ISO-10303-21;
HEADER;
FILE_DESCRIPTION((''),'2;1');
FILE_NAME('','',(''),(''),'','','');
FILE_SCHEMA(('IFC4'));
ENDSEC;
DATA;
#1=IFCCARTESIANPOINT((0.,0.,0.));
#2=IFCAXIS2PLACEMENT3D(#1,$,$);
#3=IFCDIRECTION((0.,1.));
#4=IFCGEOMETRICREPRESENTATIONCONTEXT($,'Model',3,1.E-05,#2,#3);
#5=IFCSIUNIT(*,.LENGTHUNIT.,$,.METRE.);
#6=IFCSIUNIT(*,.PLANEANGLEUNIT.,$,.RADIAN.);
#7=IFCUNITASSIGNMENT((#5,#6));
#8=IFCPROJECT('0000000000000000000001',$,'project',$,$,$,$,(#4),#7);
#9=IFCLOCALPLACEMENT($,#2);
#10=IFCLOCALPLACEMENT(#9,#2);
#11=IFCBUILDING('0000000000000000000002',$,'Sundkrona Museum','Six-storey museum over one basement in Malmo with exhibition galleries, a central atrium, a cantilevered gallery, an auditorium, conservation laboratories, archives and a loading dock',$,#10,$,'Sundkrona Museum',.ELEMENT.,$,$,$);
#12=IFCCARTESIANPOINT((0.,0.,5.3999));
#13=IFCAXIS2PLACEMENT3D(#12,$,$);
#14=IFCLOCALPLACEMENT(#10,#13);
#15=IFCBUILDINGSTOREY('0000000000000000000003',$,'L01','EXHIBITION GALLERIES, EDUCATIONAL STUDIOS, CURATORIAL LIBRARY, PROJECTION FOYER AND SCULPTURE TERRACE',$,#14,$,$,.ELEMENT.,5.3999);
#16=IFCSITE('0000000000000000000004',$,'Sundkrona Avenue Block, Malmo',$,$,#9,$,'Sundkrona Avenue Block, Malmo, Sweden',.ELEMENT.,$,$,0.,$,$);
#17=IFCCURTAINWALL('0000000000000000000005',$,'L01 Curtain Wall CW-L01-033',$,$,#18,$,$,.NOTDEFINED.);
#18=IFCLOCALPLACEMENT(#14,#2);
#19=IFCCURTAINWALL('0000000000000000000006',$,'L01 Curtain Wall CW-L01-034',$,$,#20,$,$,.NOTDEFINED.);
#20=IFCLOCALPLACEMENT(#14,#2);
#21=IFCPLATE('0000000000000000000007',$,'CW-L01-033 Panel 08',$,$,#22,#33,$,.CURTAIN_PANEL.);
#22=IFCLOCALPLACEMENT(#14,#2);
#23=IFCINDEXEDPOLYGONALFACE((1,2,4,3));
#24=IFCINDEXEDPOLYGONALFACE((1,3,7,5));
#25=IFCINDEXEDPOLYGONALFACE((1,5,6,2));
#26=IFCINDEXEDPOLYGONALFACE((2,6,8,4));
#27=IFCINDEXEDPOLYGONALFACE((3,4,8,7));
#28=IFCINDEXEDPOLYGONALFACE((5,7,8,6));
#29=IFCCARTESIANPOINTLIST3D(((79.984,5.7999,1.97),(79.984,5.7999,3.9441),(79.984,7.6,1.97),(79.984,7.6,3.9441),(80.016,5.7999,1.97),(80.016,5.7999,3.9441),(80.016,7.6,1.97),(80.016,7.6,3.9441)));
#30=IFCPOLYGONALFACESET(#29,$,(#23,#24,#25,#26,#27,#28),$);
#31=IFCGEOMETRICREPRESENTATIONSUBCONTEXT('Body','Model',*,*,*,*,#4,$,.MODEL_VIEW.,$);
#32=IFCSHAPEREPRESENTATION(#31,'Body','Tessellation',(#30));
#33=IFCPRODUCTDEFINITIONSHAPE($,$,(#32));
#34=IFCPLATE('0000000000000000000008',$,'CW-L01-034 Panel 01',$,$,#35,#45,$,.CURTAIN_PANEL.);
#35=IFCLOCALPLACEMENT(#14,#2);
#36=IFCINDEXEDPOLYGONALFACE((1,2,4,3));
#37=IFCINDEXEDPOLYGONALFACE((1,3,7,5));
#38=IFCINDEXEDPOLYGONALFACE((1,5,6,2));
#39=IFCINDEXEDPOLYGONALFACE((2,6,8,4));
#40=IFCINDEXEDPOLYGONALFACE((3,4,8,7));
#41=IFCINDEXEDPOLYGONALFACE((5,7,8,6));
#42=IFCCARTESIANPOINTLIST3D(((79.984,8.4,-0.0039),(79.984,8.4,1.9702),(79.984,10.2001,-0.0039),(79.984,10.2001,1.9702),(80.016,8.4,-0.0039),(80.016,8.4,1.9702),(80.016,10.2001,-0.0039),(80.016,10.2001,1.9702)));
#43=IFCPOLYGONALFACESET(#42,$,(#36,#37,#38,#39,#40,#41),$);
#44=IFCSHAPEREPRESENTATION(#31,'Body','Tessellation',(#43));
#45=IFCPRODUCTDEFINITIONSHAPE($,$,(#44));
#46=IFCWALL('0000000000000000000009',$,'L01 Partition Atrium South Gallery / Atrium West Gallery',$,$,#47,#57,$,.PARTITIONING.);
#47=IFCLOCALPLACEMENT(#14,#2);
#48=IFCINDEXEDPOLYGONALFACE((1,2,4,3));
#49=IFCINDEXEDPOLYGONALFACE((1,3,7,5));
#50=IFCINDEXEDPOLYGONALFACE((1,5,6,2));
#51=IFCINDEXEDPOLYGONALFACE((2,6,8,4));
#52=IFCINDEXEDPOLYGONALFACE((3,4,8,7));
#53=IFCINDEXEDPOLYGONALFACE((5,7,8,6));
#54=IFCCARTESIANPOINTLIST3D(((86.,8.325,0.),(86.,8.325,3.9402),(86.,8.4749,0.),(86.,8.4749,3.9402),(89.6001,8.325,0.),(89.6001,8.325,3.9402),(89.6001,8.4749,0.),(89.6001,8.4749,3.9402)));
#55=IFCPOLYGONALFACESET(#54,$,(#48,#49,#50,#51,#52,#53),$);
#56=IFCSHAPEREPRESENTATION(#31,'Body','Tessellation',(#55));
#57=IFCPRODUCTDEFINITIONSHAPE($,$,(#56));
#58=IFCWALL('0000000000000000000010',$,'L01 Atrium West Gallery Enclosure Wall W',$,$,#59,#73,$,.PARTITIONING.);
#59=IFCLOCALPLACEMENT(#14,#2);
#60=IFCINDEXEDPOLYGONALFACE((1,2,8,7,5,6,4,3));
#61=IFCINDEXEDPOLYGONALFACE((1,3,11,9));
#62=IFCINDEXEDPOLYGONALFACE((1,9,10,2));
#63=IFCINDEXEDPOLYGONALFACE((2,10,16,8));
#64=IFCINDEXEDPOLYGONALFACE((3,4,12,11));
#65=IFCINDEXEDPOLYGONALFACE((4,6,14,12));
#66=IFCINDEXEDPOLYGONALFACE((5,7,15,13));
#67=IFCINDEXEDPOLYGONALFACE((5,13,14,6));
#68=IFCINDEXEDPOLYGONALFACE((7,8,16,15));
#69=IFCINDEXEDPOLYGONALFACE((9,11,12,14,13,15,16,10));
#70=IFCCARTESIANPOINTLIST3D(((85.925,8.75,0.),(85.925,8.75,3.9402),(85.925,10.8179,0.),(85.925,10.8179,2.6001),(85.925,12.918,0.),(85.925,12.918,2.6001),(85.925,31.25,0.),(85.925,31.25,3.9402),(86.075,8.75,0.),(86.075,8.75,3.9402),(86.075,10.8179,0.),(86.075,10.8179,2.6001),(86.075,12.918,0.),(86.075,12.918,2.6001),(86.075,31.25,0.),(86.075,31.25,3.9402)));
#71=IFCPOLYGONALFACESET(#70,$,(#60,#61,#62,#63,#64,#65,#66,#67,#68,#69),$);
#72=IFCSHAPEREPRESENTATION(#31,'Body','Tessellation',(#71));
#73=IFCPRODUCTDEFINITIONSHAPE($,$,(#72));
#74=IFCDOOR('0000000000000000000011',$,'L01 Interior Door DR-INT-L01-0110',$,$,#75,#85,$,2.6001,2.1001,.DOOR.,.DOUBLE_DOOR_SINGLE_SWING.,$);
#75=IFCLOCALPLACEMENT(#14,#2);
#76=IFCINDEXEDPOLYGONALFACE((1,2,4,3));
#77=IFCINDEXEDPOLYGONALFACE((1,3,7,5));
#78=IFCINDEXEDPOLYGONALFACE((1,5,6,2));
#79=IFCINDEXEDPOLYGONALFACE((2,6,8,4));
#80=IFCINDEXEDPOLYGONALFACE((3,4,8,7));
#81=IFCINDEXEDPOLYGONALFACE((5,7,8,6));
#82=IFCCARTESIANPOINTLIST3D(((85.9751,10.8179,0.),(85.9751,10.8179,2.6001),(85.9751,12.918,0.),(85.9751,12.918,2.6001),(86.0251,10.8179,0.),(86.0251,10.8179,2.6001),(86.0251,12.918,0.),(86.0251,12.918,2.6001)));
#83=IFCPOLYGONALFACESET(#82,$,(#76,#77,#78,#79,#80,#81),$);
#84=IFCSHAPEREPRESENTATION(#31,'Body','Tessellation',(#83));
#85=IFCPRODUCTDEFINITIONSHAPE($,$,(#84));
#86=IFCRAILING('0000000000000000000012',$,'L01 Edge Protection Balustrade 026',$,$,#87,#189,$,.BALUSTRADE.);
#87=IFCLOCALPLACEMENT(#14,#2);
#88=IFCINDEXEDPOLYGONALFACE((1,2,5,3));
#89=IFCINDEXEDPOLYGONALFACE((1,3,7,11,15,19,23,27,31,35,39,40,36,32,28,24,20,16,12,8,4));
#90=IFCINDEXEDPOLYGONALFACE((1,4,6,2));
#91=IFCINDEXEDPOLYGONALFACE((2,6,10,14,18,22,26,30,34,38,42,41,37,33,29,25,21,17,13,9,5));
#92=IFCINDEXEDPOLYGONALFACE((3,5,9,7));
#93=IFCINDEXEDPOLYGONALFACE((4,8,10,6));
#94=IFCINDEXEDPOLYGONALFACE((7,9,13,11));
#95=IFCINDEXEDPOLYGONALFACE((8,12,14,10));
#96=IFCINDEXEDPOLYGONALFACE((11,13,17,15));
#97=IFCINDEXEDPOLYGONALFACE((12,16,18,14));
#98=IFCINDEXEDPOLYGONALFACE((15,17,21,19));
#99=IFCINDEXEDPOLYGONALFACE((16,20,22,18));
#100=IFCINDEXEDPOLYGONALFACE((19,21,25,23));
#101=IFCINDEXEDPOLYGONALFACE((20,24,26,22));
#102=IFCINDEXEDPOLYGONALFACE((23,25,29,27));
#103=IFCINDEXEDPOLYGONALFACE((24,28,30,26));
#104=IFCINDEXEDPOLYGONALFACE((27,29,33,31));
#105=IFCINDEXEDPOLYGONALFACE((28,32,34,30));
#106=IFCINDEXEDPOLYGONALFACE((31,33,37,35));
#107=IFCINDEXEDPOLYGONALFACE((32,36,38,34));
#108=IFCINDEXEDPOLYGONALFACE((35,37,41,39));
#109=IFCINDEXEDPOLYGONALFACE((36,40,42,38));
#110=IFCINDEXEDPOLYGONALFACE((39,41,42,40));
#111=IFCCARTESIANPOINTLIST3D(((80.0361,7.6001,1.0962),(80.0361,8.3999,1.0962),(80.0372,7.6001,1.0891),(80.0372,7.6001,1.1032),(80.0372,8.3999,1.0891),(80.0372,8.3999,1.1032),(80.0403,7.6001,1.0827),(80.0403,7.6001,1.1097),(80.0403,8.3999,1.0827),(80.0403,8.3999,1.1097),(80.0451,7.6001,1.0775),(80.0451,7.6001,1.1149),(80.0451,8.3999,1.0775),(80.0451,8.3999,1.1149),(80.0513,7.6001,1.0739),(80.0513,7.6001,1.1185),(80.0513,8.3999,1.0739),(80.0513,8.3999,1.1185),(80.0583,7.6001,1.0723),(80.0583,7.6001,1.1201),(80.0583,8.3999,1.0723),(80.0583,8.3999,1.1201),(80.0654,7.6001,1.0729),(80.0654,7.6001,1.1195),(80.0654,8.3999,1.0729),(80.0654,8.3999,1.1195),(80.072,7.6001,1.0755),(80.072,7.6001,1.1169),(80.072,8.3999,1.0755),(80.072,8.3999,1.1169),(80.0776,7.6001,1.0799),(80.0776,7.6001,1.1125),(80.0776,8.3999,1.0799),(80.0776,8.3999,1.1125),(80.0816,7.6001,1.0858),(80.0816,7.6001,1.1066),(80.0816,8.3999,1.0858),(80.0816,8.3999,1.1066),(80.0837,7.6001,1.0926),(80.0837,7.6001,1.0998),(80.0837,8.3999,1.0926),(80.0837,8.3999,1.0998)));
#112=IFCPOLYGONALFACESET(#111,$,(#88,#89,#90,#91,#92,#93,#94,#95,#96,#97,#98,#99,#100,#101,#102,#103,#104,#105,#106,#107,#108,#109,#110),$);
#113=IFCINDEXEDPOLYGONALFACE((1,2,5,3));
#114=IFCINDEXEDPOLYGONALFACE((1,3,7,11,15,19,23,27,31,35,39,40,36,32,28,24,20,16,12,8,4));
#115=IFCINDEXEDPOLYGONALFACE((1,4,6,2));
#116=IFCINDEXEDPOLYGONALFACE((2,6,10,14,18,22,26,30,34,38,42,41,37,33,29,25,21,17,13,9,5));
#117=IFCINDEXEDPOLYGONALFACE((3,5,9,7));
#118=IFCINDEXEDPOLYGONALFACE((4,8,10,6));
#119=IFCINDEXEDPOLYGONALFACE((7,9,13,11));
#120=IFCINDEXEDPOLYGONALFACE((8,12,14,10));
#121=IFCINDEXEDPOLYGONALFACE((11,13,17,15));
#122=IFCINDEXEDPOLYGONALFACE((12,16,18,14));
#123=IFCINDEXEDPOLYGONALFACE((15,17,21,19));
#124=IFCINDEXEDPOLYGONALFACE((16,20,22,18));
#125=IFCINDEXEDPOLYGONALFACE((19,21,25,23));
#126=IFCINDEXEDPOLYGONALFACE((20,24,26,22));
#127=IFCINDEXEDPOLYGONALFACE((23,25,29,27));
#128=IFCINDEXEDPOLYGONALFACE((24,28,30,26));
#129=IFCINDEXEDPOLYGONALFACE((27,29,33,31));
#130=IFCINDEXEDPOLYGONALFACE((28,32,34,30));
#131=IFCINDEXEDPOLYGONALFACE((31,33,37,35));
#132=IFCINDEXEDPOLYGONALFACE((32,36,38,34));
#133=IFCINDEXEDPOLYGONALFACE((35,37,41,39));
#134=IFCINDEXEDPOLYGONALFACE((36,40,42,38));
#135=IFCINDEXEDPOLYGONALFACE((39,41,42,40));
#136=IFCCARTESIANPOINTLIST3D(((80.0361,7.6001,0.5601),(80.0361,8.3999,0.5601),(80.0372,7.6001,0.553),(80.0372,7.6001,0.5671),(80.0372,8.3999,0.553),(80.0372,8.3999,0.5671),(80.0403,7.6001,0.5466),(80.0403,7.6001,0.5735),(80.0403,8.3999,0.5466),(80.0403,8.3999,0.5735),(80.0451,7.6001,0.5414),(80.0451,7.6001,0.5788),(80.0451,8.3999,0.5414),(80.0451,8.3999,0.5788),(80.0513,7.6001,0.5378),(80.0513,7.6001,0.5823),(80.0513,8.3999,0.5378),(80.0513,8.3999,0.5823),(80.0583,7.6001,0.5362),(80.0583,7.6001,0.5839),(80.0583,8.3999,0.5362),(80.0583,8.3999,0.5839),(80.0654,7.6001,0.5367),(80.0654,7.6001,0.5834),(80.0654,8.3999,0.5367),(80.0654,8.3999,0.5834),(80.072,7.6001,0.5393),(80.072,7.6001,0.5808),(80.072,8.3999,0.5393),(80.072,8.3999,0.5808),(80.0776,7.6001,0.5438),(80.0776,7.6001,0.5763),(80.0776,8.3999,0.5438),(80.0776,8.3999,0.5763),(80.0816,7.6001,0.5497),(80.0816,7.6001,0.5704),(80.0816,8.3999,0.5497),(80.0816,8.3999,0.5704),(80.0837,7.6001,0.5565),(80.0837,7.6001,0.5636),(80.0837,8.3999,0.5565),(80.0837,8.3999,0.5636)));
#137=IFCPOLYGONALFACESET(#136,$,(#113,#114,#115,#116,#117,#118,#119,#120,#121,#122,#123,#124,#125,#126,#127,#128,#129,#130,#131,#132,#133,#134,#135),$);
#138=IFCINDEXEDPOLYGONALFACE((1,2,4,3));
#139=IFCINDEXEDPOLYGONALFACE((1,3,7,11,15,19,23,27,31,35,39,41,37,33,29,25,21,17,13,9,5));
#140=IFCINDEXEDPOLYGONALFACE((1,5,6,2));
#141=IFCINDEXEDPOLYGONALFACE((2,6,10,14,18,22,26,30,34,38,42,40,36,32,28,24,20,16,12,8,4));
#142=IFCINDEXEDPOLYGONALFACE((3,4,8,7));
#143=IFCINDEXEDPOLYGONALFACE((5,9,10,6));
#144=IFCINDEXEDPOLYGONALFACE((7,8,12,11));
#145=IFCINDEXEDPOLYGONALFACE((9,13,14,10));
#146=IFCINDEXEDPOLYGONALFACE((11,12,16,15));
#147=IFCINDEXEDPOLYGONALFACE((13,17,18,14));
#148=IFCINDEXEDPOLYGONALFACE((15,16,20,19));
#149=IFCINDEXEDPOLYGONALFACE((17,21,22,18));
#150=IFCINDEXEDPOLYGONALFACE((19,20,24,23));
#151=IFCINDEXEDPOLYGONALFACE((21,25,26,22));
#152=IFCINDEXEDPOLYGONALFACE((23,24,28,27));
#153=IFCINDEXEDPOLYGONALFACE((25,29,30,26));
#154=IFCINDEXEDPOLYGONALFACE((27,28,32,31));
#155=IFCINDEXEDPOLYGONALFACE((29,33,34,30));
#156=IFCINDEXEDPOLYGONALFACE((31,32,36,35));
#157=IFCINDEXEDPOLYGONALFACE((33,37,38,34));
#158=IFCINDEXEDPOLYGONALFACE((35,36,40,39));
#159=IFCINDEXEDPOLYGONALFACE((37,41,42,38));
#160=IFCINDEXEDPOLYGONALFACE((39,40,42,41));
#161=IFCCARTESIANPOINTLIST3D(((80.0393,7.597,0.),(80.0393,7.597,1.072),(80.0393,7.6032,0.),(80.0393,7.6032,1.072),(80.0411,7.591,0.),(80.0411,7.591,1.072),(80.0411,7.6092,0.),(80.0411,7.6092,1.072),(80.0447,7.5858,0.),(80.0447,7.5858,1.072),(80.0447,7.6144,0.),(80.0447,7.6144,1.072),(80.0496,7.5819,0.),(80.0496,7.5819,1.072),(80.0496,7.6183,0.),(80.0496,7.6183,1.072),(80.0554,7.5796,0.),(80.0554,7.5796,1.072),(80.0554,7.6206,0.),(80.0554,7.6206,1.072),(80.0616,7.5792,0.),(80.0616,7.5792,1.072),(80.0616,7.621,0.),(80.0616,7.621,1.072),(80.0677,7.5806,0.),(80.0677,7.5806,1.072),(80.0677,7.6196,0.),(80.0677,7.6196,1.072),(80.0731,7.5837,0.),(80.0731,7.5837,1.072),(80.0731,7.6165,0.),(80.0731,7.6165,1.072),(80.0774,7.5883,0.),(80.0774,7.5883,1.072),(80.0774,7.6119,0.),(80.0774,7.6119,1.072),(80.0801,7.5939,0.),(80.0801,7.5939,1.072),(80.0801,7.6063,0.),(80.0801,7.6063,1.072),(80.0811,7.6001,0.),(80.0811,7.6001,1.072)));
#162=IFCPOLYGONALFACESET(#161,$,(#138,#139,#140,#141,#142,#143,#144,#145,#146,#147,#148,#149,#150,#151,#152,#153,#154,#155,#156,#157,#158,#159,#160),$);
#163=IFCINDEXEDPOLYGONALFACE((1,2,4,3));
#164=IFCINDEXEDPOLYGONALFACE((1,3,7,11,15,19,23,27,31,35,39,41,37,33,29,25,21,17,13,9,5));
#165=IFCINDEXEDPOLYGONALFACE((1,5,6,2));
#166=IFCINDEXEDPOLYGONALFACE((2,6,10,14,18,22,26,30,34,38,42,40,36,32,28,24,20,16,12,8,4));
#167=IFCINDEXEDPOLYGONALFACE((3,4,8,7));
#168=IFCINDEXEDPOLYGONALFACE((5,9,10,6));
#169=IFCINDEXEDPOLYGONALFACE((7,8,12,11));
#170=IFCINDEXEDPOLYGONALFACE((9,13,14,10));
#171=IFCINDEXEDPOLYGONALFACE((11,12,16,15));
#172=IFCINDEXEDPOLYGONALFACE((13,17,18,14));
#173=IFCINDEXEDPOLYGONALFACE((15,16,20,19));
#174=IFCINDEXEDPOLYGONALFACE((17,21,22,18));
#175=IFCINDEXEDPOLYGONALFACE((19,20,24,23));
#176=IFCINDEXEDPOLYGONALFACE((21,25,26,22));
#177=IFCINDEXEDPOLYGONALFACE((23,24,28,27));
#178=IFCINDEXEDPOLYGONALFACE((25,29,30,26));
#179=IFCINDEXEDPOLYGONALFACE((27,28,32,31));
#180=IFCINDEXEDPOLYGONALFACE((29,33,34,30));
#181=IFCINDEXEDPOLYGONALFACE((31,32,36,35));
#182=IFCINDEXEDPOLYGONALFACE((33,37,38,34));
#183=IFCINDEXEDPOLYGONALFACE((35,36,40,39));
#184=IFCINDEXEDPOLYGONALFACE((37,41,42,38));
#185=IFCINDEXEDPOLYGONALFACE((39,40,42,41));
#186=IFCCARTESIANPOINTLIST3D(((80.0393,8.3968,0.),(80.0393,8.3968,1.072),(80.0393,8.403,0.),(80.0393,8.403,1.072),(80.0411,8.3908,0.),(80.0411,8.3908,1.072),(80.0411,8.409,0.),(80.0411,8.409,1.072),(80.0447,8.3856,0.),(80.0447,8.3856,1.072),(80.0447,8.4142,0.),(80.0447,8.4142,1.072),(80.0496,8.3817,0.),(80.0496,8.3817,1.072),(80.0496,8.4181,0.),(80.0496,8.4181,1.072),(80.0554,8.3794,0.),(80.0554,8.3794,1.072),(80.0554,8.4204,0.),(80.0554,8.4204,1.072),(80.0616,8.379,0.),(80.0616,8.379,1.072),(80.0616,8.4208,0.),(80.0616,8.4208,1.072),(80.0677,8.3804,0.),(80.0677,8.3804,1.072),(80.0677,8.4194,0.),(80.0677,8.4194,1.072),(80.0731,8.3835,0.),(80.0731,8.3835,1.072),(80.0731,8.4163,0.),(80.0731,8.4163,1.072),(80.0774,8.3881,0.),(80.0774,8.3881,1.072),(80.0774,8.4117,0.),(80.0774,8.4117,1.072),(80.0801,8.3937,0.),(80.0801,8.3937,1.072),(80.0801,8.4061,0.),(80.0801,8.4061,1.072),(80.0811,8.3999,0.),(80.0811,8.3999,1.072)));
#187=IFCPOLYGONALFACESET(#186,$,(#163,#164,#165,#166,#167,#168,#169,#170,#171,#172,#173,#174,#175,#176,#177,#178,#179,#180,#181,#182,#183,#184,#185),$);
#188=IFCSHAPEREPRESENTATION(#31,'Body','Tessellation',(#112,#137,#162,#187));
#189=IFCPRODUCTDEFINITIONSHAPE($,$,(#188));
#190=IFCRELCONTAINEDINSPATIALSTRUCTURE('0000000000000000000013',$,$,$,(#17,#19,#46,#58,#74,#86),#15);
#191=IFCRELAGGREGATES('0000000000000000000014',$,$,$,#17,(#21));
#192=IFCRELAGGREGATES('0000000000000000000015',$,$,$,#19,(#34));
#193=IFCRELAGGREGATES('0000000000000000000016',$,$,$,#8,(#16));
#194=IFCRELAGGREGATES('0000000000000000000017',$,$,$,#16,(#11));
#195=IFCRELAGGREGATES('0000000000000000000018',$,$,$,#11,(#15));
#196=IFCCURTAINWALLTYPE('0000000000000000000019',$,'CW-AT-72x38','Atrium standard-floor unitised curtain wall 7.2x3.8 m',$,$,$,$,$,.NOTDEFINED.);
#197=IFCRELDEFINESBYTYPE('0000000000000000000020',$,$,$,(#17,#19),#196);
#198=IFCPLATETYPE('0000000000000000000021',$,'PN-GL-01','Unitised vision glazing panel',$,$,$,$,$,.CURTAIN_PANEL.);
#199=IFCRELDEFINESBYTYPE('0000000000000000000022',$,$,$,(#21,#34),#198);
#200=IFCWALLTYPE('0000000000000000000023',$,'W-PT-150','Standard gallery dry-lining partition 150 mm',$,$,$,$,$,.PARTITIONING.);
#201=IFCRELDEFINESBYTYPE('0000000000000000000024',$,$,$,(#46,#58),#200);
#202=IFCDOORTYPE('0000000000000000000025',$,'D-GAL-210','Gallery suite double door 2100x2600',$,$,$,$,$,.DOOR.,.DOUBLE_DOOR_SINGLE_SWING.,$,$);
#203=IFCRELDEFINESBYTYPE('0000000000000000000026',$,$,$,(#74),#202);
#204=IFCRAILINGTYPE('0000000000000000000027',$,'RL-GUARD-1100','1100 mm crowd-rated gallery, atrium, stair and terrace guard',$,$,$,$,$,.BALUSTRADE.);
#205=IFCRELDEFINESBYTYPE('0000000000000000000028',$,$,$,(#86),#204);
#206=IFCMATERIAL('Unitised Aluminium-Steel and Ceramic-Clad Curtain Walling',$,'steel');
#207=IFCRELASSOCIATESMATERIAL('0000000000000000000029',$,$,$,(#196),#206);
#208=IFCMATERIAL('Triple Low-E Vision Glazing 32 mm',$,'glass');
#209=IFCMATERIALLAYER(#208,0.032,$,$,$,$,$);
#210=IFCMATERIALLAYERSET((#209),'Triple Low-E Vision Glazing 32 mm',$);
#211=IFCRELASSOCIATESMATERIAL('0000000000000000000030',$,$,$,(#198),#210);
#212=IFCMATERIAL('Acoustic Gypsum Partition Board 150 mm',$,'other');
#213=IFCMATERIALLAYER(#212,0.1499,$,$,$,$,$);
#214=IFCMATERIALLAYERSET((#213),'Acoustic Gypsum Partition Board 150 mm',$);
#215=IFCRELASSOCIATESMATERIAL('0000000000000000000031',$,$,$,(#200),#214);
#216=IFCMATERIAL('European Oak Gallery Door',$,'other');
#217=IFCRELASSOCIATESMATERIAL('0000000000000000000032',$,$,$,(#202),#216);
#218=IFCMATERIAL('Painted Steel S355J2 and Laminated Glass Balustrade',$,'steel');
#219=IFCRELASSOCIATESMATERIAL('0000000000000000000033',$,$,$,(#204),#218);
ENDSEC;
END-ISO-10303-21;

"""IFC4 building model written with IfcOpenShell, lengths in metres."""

from ifc_helpers import new_model, si_unit, direction, frame, frame_2d, origin, origin_2d, place, context, subcontext, project, spatial, rectangle, circle, extrude, material, layer, layer_set, type_object, element, fill, aggregate, save


model = new_model("IFC4")

# Units and contexts
model_context = context("Model", 3, precision=1e-05, world=origin(), true_north=direction((0.0, 1.0)))
body_context = subcontext(model_context, "Body", "Model", "MODEL_VIEW")
ifc_project = project(units=[si_unit("LENGTHUNIT", "METRE"), si_unit("PLANEANGLEUNIT", "RADIAN")], contexts=[model_context])

# Site, building, storey
site_placement = place(None, origin())
site = spatial("IfcSite", under=ifc_project, at=site_placement, Name="Sundkrona Avenue Block, Malmo", LongName="Sundkrona Avenue Block, Malmo, Sweden", CompositionType="ELEMENT", RefElevation=0.0)
building_placement = place(site_placement, origin())
building = spatial("IfcBuilding", under=site, at=building_placement, Name="Sundkrona Museum", Description="Six-storey museum over one basement in Malmo with exhibition galleries, a central atrium, a cantilevered gallery, an auditorium, conservation laboratories, archives and a loading dock", LongName="Sundkrona Museum", CompositionType="ELEMENT")
storey_placement = place(building_placement, frame((0.0, 0.0, 5.3999)))
storey = spatial("IfcBuildingStorey", under=building, at=storey_placement, Name="L01", Description="EXHIBITION GALLERIES, EDUCATIONAL STUDIOS, CURATORIAL LIBRARY, PROJECTION FOYER AND SCULPTURE TERRACE", CompositionType="ELEMENT", Elevation=5.3999)

# Curtain wall
ifc_material_1 = material(Name="Unitised Aluminium-Steel and Ceramic-Clad Curtain Walling", Category="steel")
curtain_wall_type = type_object("IfcCurtainWallType", Name="CW-AT-72x38", Description="Atrium standard-floor unitised curtain wall 7.2x3.8 m", PredefinedType="NOTDEFINED", material=ifc_material_1)
curtain_wall_1_placement = place(storey_placement, origin())
curtain_wall_1 = element("IfcCurtainWall", 1, at=curtain_wall_1_placement, inside=storey, type_object=curtain_wall_type, Name="L01 Curtain Wall CW-L01-033", PredefinedType="NOTDEFINED")

# Curtain wall
curtain_wall_2_placement = place(storey_placement, origin())
curtain_wall_2 = element("IfcCurtainWall", 2, at=curtain_wall_2_placement, inside=storey, type_object=curtain_wall_type, Name="L01 Curtain Wall CW-L01-034", PredefinedType="NOTDEFINED")

# Plates
ifc_material_2 = material(Name="Triple Low-E Vision Glazing 32 mm", Category="glass")
ifc_layer_1 = layer(ifc_material_2, 0.032)
ifc_layer_set_1 = layer_set([ifc_layer_1], Name="Triple Low-E Vision Glazing 32 mm")
plate_type = type_object("IfcPlateType", Name="PN-GL-01", Description="Unitised vision glazing panel", PredefinedType="CURTAIN_PANEL", material=ifc_layer_set_1)
plate_1_placement = place(storey_placement, frame((80.0, 6.7, 1.97), z_axis=(0.0, 0.0, 1.0), x_axis=(0.0, 1.0, 0.0)))
plate_1 = element("IfcPlate", 3, at=plate_1_placement, type_object=plate_type, Name="CW-L01-033 Panel 08", PredefinedType="CURTAIN_PANEL", context=body_context, shape_type="SweptSolid", body=[
    extrude(rectangle(XDim=1.8, YDim=0.032, at=origin_2d()), origin(), (0.0, 0.0, 1.0), 1.9741),
])
aggregate(curtain_wall_1, [plate_1])
plate_2_placement = place(storey_placement, frame((80.0, 9.3, -0.0039), z_axis=(0.0, 0.0, 1.0), x_axis=(0.0, 1.0, 0.0)))
plate_2 = element("IfcPlate", 4, at=plate_2_placement, type_object=plate_type, Name="CW-L01-034 Panel 01", PredefinedType="CURTAIN_PANEL", context=body_context, shape_type="SweptSolid", body=[
    extrude(rectangle(XDim=1.8, YDim=0.032, at=origin_2d()), origin(), (0.0, 0.0, 1.0), 1.9741),
])
aggregate(curtain_wall_2, [plate_2])

# Wall
ifc_material_3 = material(Name="Acoustic Gypsum Partition Board 150 mm", Category="other")
ifc_layer_2 = layer(ifc_material_3, 0.1499)
ifc_layer_set_2 = layer_set([ifc_layer_2], Name="Acoustic Gypsum Partition Board 150 mm")
wall_type = type_object("IfcWallType", Name="W-PT-150", Description="Standard gallery dry-lining partition 150 mm", PredefinedType="PARTITIONING", material=ifc_layer_set_2)
wall_1_placement = place(storey_placement, frame((86.0, 8.3999, 0.0), z_axis=(0.0, 0.0, 1.0), x_axis=(1.0, 0.0, 0.0)))
element("IfcWall", 5, at=wall_1_placement, inside=storey, type_object=wall_type, Name="L01 Partition Atrium South Gallery / Atrium West Gallery", PredefinedType="PARTITIONING", context=body_context, shape_type="SweptSolid", body=[
    extrude(rectangle(XDim=3.6001, YDim=0.1499, at=frame_2d((1.8, 0.0))), origin(), (0.0, 0.0, 1.0), 3.9402),
])

# Wall, opening, door
wall_2_placement = place(storey_placement, frame((86.0, 8.75, 0.0), z_axis=(0.0, 0.0, 1.0), x_axis=(0.0, 1.0, 0.0)))
wall_2 = element("IfcWall", 6, at=wall_2_placement, inside=storey, type_object=wall_type, Name="L01 Atrium West Gallery Enclosure Wall W", PredefinedType="PARTITIONING", context=body_context, shape_type="SweptSolid", body=[
    extrude(rectangle(XDim=22.5, YDim=0.1499, at=frame_2d((11.25, 0.0))), origin(), (0.0, 0.0, 1.0), 3.9402),
])
opening_placement = place(wall_2_placement, frame((2.0679, 0.0, 0.0)))
opening = element("IfcOpeningElement", 7, at=opening_placement, cuts=wall_2, PredefinedType="OPENING", context=body_context, shape_type="SweptSolid", body=[
    extrude(rectangle(XDim=2.1001, YDim=2.6001, at=frame_2d((1.05, 1.3))), frame((0.0, 0.085, 0.0), z_axis=(0.0, -1.0, 0.0), x_axis=(1.0, 0.0, 0.0)), (0.0, 0.0, 1.0), 0.1699),
])
ifc_material_4 = material(Name="European Oak Gallery Door", Category="other")
door_type = type_object("IfcDoorType", Name="D-GAL-210", Description="Gallery suite double door 2100x2600", OperationType="DOUBLE_DOOR_SINGLE_SWING", PredefinedType="DOOR", material=ifc_material_4)
door_placement = place(opening_placement, origin())
door = element("IfcDoor", 8, at=door_placement, inside=storey, type_object=door_type, Name="L01 Interior Door DR-INT-L01-0110", OperationType="DOUBLE_DOOR_SINGLE_SWING", OverallHeight=2.6001, OverallWidth=2.1001, PredefinedType="DOOR", context=body_context, shape_type="SweptSolid", body=[
    extrude(rectangle(XDim=2.1001, YDim=2.6001, at=frame_2d((1.05, 1.3))), frame((0.0, 0.0249, 0.0), z_axis=(0.0, -1.0, 0.0), x_axis=(1.0, 0.0, 0.0)), (0.0, 0.0, 1.0), 0.05),
])
fill(opening, door)

# Railing
ifc_material_5 = material(Name="Painted Steel S355J2 and Laminated Glass Balustrade", Category="steel")
railing_type = type_object("IfcRailingType", Name="RL-GUARD-1100", Description="1100 mm crowd-rated gallery, atrium, stair and terrace guard", PredefinedType="BALUSTRADE", material=ifc_material_5)
railing_placement = place(storey_placement, frame((80.0601, 7.6001, 0.0)))
element("IfcRailing", 9, at=railing_placement, inside=storey, type_object=railing_type, Name="L01 Edge Protection Balustrade 026", PredefinedType="BALUSTRADE", context=body_context, shape_type="SweptSolid", body=[
    extrude(circle(Radius=0.0239, at=origin_2d()), frame((0.0, 0.0, 1.0962), z_axis=(0.0, 1.0, 0.0), x_axis=(-1.0, 0.0, 0.0)), (0.0, 0.0, 1.0), 0.7998),
    extrude(circle(Radius=0.0239, at=origin_2d()), frame((0.0, 0.0, 0.5601), z_axis=(0.0, 1.0, 0.0), x_axis=(-1.0, 0.0, 0.0)), (0.0, 0.0, 1.0), 0.7998),
    extrude(circle(Radius=0.021, at=origin_2d()), origin(), (0.0, 0.0, 1.0), 1.072),
    extrude(circle(Radius=0.021, at=origin_2d()), frame((0.0, 0.7998, 0.0)), (0.0, 0.0, 1.0), 1.072),
])

save(model, "model.ifc")
